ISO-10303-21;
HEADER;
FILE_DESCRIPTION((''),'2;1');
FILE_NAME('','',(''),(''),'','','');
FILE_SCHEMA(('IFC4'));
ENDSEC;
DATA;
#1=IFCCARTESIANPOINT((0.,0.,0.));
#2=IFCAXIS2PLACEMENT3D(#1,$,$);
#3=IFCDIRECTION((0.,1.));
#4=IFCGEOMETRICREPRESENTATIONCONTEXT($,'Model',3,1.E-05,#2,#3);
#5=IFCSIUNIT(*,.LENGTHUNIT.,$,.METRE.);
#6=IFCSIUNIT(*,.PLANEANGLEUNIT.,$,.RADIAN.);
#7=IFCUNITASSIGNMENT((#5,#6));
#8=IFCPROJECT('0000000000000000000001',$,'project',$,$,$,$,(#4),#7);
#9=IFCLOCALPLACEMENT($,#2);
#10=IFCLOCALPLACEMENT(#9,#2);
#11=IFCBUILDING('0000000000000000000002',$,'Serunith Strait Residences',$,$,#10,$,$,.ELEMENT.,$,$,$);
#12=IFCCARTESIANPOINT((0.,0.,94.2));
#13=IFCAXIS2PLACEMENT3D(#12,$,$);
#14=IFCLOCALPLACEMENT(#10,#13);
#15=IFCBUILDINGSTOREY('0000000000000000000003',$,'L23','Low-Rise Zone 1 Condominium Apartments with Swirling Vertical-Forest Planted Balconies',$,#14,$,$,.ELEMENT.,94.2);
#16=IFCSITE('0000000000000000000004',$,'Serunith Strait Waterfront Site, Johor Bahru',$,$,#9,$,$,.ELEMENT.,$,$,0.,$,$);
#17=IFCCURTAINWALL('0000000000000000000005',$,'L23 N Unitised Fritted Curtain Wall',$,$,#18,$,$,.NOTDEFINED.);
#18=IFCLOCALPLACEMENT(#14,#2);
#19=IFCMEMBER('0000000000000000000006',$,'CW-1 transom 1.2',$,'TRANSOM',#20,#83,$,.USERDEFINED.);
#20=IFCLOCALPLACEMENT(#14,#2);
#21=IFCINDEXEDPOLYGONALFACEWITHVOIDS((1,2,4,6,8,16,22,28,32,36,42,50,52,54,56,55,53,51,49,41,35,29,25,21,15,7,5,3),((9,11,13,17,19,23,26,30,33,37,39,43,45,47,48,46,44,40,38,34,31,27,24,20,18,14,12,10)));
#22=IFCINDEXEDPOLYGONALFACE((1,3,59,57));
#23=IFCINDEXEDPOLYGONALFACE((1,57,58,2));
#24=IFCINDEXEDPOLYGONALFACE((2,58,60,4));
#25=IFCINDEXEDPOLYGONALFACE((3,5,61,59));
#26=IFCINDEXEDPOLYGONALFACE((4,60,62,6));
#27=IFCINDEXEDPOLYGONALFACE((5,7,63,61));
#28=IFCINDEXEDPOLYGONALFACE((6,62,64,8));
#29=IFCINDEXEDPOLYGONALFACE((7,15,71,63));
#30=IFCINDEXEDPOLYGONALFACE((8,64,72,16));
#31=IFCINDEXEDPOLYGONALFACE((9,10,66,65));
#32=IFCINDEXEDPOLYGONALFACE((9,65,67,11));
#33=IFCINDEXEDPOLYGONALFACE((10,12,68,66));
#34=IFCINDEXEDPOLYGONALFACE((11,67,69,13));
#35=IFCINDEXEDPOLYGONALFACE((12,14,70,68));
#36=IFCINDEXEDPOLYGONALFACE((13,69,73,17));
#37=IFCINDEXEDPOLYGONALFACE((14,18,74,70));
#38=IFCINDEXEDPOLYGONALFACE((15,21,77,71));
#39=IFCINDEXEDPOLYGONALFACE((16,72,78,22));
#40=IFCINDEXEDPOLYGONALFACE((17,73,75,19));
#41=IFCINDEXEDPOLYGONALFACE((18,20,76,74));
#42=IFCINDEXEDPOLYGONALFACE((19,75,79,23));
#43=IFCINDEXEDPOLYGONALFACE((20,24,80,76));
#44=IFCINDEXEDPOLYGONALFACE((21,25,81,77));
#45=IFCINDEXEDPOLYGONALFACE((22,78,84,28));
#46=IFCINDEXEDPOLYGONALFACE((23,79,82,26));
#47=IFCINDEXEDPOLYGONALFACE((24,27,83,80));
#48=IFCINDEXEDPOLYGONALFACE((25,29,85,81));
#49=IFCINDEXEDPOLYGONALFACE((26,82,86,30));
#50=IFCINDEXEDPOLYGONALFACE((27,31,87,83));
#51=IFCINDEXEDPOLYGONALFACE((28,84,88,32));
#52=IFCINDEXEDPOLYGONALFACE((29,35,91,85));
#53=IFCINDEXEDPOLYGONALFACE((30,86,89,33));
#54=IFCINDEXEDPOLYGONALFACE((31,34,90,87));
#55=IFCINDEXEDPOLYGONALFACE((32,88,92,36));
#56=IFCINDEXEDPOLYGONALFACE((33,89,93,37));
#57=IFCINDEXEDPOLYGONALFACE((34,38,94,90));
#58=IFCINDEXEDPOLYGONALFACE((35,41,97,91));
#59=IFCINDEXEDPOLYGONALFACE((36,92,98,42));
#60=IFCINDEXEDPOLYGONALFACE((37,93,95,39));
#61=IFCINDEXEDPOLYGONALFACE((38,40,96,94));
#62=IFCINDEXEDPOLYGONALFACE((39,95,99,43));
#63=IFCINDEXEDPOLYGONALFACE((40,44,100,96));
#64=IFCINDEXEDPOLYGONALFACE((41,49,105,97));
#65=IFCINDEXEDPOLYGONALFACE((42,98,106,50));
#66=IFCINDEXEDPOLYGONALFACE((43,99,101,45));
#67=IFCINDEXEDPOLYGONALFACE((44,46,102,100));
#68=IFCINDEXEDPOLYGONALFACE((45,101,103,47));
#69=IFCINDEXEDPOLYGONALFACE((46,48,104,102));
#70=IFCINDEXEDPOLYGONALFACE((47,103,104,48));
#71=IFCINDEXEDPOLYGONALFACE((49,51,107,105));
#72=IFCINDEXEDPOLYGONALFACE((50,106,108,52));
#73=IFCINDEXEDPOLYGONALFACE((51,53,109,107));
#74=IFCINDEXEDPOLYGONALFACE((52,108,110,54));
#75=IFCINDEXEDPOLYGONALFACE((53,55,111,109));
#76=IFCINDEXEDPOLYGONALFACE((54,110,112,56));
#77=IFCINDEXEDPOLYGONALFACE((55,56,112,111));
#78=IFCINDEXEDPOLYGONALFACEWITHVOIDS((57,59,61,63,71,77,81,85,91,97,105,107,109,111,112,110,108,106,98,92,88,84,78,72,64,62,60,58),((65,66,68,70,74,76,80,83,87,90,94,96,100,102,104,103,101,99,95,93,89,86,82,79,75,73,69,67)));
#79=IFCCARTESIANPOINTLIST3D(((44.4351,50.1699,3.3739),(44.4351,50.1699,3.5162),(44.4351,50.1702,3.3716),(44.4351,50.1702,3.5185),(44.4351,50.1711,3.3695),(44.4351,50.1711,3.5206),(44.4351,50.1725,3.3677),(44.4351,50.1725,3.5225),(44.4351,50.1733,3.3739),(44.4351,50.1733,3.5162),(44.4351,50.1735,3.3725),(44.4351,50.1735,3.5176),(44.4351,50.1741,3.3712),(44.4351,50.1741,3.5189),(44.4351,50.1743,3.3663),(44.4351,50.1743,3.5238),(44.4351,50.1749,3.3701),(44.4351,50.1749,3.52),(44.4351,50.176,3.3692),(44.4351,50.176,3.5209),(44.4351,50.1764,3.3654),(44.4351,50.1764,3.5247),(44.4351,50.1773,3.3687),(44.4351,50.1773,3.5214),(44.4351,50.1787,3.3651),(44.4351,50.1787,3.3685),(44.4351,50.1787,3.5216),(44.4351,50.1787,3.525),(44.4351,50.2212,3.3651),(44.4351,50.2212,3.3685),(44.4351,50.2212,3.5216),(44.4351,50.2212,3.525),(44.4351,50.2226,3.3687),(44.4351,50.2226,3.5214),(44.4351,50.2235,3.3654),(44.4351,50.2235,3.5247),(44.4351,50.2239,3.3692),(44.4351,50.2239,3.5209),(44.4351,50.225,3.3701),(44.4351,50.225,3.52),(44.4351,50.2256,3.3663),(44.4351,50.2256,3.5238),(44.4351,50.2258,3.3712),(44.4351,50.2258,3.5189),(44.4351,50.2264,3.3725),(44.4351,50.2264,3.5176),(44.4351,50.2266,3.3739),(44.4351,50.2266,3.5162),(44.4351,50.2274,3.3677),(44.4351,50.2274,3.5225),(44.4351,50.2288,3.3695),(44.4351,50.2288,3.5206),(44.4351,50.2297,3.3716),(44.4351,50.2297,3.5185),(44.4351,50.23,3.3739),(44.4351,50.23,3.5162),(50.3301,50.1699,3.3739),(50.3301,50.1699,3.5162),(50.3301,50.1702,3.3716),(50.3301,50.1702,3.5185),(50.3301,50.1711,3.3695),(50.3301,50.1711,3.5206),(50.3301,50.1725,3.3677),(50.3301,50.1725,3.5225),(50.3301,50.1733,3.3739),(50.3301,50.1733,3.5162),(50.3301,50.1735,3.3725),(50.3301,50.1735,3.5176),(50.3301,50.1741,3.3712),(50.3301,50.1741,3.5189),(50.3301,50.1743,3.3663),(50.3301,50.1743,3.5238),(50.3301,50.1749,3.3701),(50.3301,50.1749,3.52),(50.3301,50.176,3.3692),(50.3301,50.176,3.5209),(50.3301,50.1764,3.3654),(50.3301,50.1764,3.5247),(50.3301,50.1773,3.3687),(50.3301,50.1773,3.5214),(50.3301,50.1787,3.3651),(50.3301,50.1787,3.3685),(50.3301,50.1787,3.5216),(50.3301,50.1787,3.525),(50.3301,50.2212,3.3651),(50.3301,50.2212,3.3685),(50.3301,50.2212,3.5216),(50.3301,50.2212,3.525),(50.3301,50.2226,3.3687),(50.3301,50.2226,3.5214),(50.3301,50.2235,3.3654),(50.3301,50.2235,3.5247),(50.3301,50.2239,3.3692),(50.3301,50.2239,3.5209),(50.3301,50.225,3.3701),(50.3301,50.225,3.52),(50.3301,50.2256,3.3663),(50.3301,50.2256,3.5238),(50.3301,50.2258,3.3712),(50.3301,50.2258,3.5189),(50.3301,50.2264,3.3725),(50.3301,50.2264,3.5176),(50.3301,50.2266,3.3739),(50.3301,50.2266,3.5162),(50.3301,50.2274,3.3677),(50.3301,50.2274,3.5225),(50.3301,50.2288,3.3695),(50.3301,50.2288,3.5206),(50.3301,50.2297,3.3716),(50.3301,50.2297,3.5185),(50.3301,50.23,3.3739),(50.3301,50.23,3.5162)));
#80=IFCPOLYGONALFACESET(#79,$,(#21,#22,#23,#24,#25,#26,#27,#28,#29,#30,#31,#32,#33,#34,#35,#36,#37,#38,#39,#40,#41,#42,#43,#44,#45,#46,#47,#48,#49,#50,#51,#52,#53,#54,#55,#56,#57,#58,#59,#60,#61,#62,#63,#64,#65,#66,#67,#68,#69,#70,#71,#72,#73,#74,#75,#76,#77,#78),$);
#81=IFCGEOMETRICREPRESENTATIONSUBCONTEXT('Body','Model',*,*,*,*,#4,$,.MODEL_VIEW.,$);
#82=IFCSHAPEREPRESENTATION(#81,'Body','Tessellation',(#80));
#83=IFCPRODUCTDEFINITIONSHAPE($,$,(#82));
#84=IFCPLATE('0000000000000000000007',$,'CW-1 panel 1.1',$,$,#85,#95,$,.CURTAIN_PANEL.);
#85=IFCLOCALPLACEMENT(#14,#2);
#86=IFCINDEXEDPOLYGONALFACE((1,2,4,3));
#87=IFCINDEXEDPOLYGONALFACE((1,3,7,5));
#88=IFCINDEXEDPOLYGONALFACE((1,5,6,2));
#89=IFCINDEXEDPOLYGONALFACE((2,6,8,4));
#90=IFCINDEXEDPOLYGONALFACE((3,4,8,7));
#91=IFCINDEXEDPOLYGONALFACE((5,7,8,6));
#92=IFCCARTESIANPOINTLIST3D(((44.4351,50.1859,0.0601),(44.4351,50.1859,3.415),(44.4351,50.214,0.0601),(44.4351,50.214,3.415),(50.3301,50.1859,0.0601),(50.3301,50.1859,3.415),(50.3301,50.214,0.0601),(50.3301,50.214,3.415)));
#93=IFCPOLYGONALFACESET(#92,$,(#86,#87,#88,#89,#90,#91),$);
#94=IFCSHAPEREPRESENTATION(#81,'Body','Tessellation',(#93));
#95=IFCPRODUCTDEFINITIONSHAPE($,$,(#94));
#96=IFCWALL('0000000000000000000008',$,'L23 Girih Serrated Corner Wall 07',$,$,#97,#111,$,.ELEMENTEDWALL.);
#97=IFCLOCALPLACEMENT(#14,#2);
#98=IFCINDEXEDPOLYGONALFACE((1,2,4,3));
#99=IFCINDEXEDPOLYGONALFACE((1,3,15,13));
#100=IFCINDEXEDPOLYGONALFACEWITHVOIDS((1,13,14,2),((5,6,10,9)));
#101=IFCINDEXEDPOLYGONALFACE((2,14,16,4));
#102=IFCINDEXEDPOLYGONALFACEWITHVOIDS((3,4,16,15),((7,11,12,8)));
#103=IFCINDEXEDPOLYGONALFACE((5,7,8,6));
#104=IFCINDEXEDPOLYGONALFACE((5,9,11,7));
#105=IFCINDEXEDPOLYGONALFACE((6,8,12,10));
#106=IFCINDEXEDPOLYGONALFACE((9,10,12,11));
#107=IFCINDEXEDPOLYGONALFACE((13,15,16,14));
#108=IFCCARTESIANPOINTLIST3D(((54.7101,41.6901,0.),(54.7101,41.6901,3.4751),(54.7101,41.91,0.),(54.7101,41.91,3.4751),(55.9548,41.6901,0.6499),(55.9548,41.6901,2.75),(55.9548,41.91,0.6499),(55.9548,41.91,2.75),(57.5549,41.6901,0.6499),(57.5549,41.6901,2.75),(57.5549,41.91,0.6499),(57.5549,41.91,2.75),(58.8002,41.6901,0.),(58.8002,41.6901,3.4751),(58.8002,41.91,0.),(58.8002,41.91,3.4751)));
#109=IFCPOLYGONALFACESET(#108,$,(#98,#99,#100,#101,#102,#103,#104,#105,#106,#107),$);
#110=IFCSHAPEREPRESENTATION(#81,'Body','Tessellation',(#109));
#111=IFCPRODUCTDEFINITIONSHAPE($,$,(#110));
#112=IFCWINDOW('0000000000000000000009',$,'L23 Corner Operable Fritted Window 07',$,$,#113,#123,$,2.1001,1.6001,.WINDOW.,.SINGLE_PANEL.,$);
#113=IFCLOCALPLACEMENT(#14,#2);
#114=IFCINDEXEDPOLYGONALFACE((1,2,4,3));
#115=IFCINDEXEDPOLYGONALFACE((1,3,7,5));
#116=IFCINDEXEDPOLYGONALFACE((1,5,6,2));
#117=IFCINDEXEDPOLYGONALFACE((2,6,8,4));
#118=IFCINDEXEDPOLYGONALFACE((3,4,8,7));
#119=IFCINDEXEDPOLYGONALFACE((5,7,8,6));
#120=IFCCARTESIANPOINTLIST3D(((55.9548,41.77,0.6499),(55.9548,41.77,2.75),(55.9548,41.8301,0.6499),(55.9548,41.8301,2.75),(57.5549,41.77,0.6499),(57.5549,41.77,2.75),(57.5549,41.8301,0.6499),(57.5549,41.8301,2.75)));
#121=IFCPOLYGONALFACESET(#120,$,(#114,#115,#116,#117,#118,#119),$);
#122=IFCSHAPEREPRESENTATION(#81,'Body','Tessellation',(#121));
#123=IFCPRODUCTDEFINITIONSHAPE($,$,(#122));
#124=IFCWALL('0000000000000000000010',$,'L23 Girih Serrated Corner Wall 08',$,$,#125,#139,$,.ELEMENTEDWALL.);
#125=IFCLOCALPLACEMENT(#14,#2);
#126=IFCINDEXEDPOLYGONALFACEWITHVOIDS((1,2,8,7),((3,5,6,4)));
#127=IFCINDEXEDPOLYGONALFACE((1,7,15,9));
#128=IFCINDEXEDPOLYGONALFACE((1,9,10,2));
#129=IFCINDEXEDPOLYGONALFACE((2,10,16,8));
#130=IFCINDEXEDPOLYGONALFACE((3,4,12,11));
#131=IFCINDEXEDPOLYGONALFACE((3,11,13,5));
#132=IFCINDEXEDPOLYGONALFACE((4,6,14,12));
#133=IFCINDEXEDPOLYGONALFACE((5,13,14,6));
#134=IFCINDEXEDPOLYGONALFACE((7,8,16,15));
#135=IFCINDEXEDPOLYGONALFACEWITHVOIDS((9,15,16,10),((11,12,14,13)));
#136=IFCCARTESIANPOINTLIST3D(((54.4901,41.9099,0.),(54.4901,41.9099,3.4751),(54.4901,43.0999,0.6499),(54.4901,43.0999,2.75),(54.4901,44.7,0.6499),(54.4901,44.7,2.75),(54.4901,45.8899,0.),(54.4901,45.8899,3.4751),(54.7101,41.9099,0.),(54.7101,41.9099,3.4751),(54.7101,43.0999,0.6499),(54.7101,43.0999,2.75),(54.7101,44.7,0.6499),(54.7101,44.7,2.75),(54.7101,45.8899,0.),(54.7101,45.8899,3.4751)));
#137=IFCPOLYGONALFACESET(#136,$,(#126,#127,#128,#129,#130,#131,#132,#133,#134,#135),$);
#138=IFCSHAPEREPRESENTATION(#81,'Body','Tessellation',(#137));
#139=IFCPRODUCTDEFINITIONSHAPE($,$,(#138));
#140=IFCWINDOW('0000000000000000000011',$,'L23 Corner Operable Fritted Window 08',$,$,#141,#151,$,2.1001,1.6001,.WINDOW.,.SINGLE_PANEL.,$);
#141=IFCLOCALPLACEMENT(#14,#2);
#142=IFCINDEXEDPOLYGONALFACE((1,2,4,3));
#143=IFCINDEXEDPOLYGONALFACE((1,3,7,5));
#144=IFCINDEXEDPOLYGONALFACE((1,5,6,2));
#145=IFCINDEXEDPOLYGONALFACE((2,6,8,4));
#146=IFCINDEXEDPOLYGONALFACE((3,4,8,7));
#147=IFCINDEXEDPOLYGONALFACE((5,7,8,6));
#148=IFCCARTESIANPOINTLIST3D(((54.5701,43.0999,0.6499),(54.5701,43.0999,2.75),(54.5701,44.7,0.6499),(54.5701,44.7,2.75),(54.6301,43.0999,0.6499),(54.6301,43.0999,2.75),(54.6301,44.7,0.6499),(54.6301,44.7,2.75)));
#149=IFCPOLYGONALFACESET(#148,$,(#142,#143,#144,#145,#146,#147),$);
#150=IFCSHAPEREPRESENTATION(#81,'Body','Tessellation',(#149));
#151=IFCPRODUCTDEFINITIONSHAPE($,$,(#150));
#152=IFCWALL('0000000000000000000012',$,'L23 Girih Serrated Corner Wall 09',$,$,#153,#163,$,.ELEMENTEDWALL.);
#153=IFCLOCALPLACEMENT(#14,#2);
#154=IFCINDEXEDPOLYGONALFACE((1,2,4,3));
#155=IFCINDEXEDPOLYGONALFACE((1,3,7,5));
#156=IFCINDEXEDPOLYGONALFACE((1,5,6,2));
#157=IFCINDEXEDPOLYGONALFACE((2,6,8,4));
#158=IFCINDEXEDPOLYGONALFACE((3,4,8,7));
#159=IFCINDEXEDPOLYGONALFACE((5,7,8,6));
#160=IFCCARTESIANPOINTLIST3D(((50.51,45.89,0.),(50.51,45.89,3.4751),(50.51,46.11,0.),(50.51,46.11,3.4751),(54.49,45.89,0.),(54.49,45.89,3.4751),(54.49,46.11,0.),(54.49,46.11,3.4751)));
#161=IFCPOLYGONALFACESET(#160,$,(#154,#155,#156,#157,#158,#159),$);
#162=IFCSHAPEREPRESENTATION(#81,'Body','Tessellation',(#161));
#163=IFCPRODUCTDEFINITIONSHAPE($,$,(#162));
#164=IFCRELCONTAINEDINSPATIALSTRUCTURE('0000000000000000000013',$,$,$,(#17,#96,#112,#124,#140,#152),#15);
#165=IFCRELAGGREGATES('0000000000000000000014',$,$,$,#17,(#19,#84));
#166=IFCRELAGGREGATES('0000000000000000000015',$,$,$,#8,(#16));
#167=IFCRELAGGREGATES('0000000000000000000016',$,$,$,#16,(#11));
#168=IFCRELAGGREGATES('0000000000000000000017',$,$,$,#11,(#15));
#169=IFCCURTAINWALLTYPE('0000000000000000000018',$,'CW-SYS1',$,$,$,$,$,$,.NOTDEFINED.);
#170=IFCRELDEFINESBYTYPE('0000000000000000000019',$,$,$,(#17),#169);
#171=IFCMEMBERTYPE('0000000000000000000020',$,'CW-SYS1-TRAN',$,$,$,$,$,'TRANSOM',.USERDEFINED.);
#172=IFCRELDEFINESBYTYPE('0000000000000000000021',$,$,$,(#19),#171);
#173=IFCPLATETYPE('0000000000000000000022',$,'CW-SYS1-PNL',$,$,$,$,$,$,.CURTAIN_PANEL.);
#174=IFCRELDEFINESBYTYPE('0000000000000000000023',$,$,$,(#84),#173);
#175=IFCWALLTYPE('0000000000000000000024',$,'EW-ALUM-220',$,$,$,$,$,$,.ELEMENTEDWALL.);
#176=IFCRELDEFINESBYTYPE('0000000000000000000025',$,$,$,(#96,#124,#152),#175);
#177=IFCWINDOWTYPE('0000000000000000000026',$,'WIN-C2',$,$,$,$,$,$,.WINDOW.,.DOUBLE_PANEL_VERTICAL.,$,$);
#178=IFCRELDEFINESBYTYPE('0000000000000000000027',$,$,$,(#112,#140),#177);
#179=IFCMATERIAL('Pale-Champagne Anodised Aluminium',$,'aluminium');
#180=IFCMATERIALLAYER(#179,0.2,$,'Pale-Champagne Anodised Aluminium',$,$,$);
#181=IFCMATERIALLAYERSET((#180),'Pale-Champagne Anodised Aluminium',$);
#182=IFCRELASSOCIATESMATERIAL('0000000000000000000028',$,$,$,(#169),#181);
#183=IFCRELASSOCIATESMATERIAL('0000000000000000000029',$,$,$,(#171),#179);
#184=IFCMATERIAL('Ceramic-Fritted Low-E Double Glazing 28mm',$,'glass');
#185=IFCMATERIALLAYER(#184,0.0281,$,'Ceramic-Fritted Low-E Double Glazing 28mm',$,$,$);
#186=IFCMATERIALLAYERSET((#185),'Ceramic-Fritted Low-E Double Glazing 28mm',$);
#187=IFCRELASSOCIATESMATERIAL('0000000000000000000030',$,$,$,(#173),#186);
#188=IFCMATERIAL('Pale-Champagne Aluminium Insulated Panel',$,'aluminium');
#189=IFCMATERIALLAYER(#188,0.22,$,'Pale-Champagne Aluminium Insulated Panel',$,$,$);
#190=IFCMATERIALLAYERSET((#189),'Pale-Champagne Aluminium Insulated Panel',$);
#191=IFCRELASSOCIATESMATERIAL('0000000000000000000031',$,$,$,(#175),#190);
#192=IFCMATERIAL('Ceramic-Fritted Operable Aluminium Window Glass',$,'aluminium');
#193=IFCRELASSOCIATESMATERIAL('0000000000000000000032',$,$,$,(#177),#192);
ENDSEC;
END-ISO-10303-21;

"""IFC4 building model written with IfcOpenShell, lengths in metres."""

from ifc_helpers import new_model, si_unit, direction, frame, frame_2d, origin, origin_2d, place, context, subcontext, project, spatial, rectangle, hollow_rectangle, extrude, source, transform, mapped, material, layer, layer_set, material_profile, profile_set, type_object, element, fill, aggregate, save


model = new_model("IFC4")

# Units and contexts
model_context = context("Model", 3, precision=1e-05, world=origin(), true_north=direction((0.0, 1.0)))
body_context = subcontext(model_context, "Body", "Model", "MODEL_VIEW")
ifc_project = project(units=[si_unit("LENGTHUNIT", "METRE"), si_unit("PLANEANGLEUNIT", "RADIAN")], contexts=[model_context])

# Site, building, storey
site_placement = place(None, origin())
site = spatial("IfcSite", under=ifc_project, at=site_placement, Name="Serunith Strait Waterfront Site, Johor Bahru", CompositionType="ELEMENT", RefElevation=0.0)
building_placement = place(site_placement, origin())
building = spatial("IfcBuilding", under=site, at=building_placement, Name="Serunith Strait Residences", CompositionType="ELEMENT")
storey_placement = place(building_placement, frame((0.0, 0.0, 94.2)))
storey = spatial("IfcBuildingStorey", under=building, at=storey_placement, Name="L23", Description="Low-Rise Zone 1 Condominium Apartments with Swirling Vertical-Forest Planted Balconies", CompositionType="ELEMENT", Elevation=94.2)

# Shared definitions
ifc_material_1 = material(Name="Pale-Champagne Anodised Aluminium", Category="aluminium")
ifc_layer_1 = layer(ifc_material_1, 0.2, Name="Pale-Champagne Anodised Aluminium")
ifc_layer_set_1 = layer_set([ifc_layer_1], Name="Pale-Champagne Anodised Aluminium")
curtain_wall_type = type_object("IfcCurtainWallType", Name="CW-SYS1", PredefinedType="NOTDEFINED", material=ifc_layer_set_1)

# Curtain wall, member, plate
curtain_wall_1_placement = place(storey_placement, origin())
curtain_wall_1 = element("IfcCurtainWall", 1, at=curtain_wall_1_placement, inside=storey, type_object=curtain_wall_type, Name="L23 N Unitised Fritted Curtain Wall", PredefinedType="NOTDEFINED")
ifc_material_profile_1 = material_profile(ifc_material_1, hollow_rectangle(XDim=0.0601, YDim=0.1599, WallThickness=0.0034, InnerFilletRadius=0.0054, OuterFilletRadius=0.0088, at=origin_2d()), Name="ALU 160x60x3.5")
ifc_profile_set_1 = profile_set([ifc_material_profile_1], Name="Pale-Champagne Anodised Aluminium")
member_type_1 = type_object("IfcMemberType", Name="CW-SYS1-TRAN", ElementType="TRANSOM", PredefinedType="USERDEFINED", material=ifc_profile_set_1)
shared_shape_1 = source(origin(), body_context, "Body", "SweptSolid", [
    extrude(hollow_rectangle(XDim=0.0601, YDim=0.1599, WallThickness=0.0034, InnerFilletRadius=0.0054, OuterFilletRadius=0.0088, at=origin_2d()), origin(), (0.0, 0.0, 1.0), 5.895),
])
member_1_placement = place(storey_placement, frame((50.3301, 50.2, 3.4451), z_axis=(-1.0, 0.0, 0.0), x_axis=(0.0, -1.0, 0.0)))
member_1 = element("IfcMember", 2, at=member_1_placement, type_object=member_type_1, Name="CW-1 transom 1.2", ObjectType="TRANSOM", PredefinedType="USERDEFINED", context=body_context, shape_type="MappedRepresentation", body=[
    mapped(shared_shape_1, transform((0.0, 0.0, 0.0), scale=1.0)),
])
ifc_material_2 = material(Name="Ceramic-Fritted Low-E Double Glazing 28mm", Category="glass")
ifc_layer_2 = layer(ifc_material_2, 0.0281, Name="Ceramic-Fritted Low-E Double Glazing 28mm")
ifc_layer_set_2 = layer_set([ifc_layer_2], Name="Ceramic-Fritted Low-E Double Glazing 28mm")
plate_type = type_object("IfcPlateType", Name="CW-SYS1-PNL", PredefinedType="CURTAIN_PANEL", material=ifc_layer_set_2)
shared_shape_2 = source(origin(), body_context, "Body", "SweptSolid", [
    extrude(rectangle(XDim=5.895, YDim=0.0281, at=origin_2d()), origin(), (0.0, 0.0, 1.0), 3.355),
])
plate_placement = place(storey_placement, frame((47.3826, 50.2, 0.0601), z_axis=(0.0, 0.0, 1.0), x_axis=(-1.0, 0.0, 0.0)))
plate = element("IfcPlate", 3, at=plate_placement, type_object=plate_type, Name="CW-1 panel 1.1", PredefinedType="CURTAIN_PANEL", context=body_context, shape_type="MappedRepresentation", body=[
    mapped(shared_shape_2, transform((0.0, 0.0, 0.0), scale=1.0)),
])
aggregate(curtain_wall_1, [member_1, plate])

# Walls, openings, windows
ifc_material_3 = material(Name="Pale-Champagne Aluminium Insulated Panel", Category="aluminium")
ifc_layer_3 = layer(ifc_material_3, 0.22, Name="Pale-Champagne Aluminium Insulated Panel")
ifc_layer_set_3 = layer_set([ifc_layer_3], Name="Pale-Champagne Aluminium Insulated Panel")
wall_type_1 = type_object("IfcWallType", Name="EW-ALUM-220", PredefinedType="ELEMENTEDWALL", material=ifc_layer_set_3)
wall_1_placement = place(storey_placement, frame((58.8, 41.8, 0.0), z_axis=(0.0, 0.0, 1.0), x_axis=(-1.0, 0.0, 0.0)))
wall_1 = element("IfcWall", 4, at=wall_1_placement, inside=storey, type_object=wall_type_1, Name="L23 Girih Serrated Corner Wall 07", PredefinedType="ELEMENTEDWALL", context=body_context, shape_type="SweptSolid", body=[
    extrude(rectangle(XDim=4.0901, YDim=0.22, at=frame_2d((2.0449, 0.0))), origin(), (0.0, 0.0, 1.0), 3.4751),
])
opening_1_placement = place(wall_1_placement, frame((1.2451, 0.0, 0.6499)))
opening_1 = element("IfcOpeningElement", 5, at=opening_1_placement, cuts=wall_1, PredefinedType="OPENING", context=body_context, shape_type="SweptSolid", body=[
    extrude(rectangle(XDim=1.6001, YDim=2.1001, at=frame_2d((0.8, 1.05))), frame((0.0, 0.1201, 0.0), z_axis=(0.0, -1.0, 0.0), x_axis=(1.0, 0.0, 0.0)), (0.0, 0.0, 1.0), 0.24),
])
ifc_material_4 = material(Name="Ceramic-Fritted Operable Aluminium Window Glass", Category="aluminium")
window_type = type_object("IfcWindowType", Name="WIN-C2", PartitioningType="DOUBLE_PANEL_VERTICAL", PredefinedType="WINDOW", material=ifc_material_4)
shared_shape_3 = source(origin(), body_context, "Body", "SweptSolid", [
    extrude(rectangle(XDim=1.6001, YDim=2.1001, at=frame_2d((0.8, 1.05))), frame((0.0, 0.03, 0.0), z_axis=(0.0, -1.0, 0.0), x_axis=(1.0, 0.0, 0.0)), (0.0, 0.0, 1.0), 0.0601),
])
window_1_placement = place(opening_1_placement, origin())
window_1 = element("IfcWindow", 6, at=window_1_placement, inside=storey, type_object=window_type, Name="L23 Corner Operable Fritted Window 07", OverallHeight=2.1001, OverallWidth=1.6001, PartitioningType="SINGLE_PANEL", PredefinedType="WINDOW", context=body_context, shape_type="MappedRepresentation", body=[
    mapped(shared_shape_3, transform((0.0, 0.0, 0.0), scale=1.0)),
])
fill(opening_1, window_1)
wall_2_placement = place(storey_placement, frame((54.6001, 41.9099, 0.0), z_axis=(0.0, 0.0, 1.0), x_axis=(0.0, 1.0, 0.0)))
wall_2 = element("IfcWall", 7, at=wall_2_placement, inside=storey, type_object=wall_type_1, Name="L23 Girih Serrated Corner Wall 08", PredefinedType="ELEMENTEDWALL", context=body_context, shape_type="SweptSolid", body=[
    extrude(rectangle(XDim=3.98, YDim=0.22, at=frame_2d((1.99, 0.0))), origin(), (0.0, 0.0, 1.0), 3.4751),
])
opening_2_placement = place(wall_2_placement, frame((1.1899, 0.0, 0.6499)))
opening_2 = element("IfcOpeningElement", 8, at=opening_2_placement, cuts=wall_2, PredefinedType="OPENING", context=body_context, shape_type="SweptSolid", body=[
    extrude(rectangle(XDim=1.6001, YDim=2.1001, at=frame_2d((0.8, 1.05))), frame((0.0, 0.1201, 0.0), z_axis=(0.0, -1.0, 0.0), x_axis=(1.0, 0.0, 0.0)), (0.0, 0.0, 1.0), 0.24),
])
window_2_placement = place(opening_2_placement, origin())
window_2 = element("IfcWindow", 9, at=window_2_placement, inside=storey, type_object=window_type, Name="L23 Corner Operable Fritted Window 08", OverallHeight=2.1001, OverallWidth=1.6001, PartitioningType="SINGLE_PANEL", PredefinedType="WINDOW", context=body_context, shape_type="MappedRepresentation", body=[
    mapped(shared_shape_3, transform((0.0, 0.0, 0.0), scale=1.0)),
])
fill(opening_2, window_2)

# Wall
wall_3_placement = place(storey_placement, frame((54.49, 46.0, 0.0), z_axis=(0.0, 0.0, 1.0), x_axis=(-1.0, 0.0, 0.0)))
element("IfcWall", 10, at=wall_3_placement, inside=storey, type_object=wall_type_1, Name="L23 Girih Serrated Corner Wall 09", PredefinedType="ELEMENTEDWALL", context=body_context, shape_type="SweptSolid", body=[
    extrude(rectangle(XDim=3.98, YDim=0.22, at=frame_2d((1.99, 0.0))), origin(), (0.0, 0.0, 1.0), 3.4751),
])

save(model, "model.ifc")
